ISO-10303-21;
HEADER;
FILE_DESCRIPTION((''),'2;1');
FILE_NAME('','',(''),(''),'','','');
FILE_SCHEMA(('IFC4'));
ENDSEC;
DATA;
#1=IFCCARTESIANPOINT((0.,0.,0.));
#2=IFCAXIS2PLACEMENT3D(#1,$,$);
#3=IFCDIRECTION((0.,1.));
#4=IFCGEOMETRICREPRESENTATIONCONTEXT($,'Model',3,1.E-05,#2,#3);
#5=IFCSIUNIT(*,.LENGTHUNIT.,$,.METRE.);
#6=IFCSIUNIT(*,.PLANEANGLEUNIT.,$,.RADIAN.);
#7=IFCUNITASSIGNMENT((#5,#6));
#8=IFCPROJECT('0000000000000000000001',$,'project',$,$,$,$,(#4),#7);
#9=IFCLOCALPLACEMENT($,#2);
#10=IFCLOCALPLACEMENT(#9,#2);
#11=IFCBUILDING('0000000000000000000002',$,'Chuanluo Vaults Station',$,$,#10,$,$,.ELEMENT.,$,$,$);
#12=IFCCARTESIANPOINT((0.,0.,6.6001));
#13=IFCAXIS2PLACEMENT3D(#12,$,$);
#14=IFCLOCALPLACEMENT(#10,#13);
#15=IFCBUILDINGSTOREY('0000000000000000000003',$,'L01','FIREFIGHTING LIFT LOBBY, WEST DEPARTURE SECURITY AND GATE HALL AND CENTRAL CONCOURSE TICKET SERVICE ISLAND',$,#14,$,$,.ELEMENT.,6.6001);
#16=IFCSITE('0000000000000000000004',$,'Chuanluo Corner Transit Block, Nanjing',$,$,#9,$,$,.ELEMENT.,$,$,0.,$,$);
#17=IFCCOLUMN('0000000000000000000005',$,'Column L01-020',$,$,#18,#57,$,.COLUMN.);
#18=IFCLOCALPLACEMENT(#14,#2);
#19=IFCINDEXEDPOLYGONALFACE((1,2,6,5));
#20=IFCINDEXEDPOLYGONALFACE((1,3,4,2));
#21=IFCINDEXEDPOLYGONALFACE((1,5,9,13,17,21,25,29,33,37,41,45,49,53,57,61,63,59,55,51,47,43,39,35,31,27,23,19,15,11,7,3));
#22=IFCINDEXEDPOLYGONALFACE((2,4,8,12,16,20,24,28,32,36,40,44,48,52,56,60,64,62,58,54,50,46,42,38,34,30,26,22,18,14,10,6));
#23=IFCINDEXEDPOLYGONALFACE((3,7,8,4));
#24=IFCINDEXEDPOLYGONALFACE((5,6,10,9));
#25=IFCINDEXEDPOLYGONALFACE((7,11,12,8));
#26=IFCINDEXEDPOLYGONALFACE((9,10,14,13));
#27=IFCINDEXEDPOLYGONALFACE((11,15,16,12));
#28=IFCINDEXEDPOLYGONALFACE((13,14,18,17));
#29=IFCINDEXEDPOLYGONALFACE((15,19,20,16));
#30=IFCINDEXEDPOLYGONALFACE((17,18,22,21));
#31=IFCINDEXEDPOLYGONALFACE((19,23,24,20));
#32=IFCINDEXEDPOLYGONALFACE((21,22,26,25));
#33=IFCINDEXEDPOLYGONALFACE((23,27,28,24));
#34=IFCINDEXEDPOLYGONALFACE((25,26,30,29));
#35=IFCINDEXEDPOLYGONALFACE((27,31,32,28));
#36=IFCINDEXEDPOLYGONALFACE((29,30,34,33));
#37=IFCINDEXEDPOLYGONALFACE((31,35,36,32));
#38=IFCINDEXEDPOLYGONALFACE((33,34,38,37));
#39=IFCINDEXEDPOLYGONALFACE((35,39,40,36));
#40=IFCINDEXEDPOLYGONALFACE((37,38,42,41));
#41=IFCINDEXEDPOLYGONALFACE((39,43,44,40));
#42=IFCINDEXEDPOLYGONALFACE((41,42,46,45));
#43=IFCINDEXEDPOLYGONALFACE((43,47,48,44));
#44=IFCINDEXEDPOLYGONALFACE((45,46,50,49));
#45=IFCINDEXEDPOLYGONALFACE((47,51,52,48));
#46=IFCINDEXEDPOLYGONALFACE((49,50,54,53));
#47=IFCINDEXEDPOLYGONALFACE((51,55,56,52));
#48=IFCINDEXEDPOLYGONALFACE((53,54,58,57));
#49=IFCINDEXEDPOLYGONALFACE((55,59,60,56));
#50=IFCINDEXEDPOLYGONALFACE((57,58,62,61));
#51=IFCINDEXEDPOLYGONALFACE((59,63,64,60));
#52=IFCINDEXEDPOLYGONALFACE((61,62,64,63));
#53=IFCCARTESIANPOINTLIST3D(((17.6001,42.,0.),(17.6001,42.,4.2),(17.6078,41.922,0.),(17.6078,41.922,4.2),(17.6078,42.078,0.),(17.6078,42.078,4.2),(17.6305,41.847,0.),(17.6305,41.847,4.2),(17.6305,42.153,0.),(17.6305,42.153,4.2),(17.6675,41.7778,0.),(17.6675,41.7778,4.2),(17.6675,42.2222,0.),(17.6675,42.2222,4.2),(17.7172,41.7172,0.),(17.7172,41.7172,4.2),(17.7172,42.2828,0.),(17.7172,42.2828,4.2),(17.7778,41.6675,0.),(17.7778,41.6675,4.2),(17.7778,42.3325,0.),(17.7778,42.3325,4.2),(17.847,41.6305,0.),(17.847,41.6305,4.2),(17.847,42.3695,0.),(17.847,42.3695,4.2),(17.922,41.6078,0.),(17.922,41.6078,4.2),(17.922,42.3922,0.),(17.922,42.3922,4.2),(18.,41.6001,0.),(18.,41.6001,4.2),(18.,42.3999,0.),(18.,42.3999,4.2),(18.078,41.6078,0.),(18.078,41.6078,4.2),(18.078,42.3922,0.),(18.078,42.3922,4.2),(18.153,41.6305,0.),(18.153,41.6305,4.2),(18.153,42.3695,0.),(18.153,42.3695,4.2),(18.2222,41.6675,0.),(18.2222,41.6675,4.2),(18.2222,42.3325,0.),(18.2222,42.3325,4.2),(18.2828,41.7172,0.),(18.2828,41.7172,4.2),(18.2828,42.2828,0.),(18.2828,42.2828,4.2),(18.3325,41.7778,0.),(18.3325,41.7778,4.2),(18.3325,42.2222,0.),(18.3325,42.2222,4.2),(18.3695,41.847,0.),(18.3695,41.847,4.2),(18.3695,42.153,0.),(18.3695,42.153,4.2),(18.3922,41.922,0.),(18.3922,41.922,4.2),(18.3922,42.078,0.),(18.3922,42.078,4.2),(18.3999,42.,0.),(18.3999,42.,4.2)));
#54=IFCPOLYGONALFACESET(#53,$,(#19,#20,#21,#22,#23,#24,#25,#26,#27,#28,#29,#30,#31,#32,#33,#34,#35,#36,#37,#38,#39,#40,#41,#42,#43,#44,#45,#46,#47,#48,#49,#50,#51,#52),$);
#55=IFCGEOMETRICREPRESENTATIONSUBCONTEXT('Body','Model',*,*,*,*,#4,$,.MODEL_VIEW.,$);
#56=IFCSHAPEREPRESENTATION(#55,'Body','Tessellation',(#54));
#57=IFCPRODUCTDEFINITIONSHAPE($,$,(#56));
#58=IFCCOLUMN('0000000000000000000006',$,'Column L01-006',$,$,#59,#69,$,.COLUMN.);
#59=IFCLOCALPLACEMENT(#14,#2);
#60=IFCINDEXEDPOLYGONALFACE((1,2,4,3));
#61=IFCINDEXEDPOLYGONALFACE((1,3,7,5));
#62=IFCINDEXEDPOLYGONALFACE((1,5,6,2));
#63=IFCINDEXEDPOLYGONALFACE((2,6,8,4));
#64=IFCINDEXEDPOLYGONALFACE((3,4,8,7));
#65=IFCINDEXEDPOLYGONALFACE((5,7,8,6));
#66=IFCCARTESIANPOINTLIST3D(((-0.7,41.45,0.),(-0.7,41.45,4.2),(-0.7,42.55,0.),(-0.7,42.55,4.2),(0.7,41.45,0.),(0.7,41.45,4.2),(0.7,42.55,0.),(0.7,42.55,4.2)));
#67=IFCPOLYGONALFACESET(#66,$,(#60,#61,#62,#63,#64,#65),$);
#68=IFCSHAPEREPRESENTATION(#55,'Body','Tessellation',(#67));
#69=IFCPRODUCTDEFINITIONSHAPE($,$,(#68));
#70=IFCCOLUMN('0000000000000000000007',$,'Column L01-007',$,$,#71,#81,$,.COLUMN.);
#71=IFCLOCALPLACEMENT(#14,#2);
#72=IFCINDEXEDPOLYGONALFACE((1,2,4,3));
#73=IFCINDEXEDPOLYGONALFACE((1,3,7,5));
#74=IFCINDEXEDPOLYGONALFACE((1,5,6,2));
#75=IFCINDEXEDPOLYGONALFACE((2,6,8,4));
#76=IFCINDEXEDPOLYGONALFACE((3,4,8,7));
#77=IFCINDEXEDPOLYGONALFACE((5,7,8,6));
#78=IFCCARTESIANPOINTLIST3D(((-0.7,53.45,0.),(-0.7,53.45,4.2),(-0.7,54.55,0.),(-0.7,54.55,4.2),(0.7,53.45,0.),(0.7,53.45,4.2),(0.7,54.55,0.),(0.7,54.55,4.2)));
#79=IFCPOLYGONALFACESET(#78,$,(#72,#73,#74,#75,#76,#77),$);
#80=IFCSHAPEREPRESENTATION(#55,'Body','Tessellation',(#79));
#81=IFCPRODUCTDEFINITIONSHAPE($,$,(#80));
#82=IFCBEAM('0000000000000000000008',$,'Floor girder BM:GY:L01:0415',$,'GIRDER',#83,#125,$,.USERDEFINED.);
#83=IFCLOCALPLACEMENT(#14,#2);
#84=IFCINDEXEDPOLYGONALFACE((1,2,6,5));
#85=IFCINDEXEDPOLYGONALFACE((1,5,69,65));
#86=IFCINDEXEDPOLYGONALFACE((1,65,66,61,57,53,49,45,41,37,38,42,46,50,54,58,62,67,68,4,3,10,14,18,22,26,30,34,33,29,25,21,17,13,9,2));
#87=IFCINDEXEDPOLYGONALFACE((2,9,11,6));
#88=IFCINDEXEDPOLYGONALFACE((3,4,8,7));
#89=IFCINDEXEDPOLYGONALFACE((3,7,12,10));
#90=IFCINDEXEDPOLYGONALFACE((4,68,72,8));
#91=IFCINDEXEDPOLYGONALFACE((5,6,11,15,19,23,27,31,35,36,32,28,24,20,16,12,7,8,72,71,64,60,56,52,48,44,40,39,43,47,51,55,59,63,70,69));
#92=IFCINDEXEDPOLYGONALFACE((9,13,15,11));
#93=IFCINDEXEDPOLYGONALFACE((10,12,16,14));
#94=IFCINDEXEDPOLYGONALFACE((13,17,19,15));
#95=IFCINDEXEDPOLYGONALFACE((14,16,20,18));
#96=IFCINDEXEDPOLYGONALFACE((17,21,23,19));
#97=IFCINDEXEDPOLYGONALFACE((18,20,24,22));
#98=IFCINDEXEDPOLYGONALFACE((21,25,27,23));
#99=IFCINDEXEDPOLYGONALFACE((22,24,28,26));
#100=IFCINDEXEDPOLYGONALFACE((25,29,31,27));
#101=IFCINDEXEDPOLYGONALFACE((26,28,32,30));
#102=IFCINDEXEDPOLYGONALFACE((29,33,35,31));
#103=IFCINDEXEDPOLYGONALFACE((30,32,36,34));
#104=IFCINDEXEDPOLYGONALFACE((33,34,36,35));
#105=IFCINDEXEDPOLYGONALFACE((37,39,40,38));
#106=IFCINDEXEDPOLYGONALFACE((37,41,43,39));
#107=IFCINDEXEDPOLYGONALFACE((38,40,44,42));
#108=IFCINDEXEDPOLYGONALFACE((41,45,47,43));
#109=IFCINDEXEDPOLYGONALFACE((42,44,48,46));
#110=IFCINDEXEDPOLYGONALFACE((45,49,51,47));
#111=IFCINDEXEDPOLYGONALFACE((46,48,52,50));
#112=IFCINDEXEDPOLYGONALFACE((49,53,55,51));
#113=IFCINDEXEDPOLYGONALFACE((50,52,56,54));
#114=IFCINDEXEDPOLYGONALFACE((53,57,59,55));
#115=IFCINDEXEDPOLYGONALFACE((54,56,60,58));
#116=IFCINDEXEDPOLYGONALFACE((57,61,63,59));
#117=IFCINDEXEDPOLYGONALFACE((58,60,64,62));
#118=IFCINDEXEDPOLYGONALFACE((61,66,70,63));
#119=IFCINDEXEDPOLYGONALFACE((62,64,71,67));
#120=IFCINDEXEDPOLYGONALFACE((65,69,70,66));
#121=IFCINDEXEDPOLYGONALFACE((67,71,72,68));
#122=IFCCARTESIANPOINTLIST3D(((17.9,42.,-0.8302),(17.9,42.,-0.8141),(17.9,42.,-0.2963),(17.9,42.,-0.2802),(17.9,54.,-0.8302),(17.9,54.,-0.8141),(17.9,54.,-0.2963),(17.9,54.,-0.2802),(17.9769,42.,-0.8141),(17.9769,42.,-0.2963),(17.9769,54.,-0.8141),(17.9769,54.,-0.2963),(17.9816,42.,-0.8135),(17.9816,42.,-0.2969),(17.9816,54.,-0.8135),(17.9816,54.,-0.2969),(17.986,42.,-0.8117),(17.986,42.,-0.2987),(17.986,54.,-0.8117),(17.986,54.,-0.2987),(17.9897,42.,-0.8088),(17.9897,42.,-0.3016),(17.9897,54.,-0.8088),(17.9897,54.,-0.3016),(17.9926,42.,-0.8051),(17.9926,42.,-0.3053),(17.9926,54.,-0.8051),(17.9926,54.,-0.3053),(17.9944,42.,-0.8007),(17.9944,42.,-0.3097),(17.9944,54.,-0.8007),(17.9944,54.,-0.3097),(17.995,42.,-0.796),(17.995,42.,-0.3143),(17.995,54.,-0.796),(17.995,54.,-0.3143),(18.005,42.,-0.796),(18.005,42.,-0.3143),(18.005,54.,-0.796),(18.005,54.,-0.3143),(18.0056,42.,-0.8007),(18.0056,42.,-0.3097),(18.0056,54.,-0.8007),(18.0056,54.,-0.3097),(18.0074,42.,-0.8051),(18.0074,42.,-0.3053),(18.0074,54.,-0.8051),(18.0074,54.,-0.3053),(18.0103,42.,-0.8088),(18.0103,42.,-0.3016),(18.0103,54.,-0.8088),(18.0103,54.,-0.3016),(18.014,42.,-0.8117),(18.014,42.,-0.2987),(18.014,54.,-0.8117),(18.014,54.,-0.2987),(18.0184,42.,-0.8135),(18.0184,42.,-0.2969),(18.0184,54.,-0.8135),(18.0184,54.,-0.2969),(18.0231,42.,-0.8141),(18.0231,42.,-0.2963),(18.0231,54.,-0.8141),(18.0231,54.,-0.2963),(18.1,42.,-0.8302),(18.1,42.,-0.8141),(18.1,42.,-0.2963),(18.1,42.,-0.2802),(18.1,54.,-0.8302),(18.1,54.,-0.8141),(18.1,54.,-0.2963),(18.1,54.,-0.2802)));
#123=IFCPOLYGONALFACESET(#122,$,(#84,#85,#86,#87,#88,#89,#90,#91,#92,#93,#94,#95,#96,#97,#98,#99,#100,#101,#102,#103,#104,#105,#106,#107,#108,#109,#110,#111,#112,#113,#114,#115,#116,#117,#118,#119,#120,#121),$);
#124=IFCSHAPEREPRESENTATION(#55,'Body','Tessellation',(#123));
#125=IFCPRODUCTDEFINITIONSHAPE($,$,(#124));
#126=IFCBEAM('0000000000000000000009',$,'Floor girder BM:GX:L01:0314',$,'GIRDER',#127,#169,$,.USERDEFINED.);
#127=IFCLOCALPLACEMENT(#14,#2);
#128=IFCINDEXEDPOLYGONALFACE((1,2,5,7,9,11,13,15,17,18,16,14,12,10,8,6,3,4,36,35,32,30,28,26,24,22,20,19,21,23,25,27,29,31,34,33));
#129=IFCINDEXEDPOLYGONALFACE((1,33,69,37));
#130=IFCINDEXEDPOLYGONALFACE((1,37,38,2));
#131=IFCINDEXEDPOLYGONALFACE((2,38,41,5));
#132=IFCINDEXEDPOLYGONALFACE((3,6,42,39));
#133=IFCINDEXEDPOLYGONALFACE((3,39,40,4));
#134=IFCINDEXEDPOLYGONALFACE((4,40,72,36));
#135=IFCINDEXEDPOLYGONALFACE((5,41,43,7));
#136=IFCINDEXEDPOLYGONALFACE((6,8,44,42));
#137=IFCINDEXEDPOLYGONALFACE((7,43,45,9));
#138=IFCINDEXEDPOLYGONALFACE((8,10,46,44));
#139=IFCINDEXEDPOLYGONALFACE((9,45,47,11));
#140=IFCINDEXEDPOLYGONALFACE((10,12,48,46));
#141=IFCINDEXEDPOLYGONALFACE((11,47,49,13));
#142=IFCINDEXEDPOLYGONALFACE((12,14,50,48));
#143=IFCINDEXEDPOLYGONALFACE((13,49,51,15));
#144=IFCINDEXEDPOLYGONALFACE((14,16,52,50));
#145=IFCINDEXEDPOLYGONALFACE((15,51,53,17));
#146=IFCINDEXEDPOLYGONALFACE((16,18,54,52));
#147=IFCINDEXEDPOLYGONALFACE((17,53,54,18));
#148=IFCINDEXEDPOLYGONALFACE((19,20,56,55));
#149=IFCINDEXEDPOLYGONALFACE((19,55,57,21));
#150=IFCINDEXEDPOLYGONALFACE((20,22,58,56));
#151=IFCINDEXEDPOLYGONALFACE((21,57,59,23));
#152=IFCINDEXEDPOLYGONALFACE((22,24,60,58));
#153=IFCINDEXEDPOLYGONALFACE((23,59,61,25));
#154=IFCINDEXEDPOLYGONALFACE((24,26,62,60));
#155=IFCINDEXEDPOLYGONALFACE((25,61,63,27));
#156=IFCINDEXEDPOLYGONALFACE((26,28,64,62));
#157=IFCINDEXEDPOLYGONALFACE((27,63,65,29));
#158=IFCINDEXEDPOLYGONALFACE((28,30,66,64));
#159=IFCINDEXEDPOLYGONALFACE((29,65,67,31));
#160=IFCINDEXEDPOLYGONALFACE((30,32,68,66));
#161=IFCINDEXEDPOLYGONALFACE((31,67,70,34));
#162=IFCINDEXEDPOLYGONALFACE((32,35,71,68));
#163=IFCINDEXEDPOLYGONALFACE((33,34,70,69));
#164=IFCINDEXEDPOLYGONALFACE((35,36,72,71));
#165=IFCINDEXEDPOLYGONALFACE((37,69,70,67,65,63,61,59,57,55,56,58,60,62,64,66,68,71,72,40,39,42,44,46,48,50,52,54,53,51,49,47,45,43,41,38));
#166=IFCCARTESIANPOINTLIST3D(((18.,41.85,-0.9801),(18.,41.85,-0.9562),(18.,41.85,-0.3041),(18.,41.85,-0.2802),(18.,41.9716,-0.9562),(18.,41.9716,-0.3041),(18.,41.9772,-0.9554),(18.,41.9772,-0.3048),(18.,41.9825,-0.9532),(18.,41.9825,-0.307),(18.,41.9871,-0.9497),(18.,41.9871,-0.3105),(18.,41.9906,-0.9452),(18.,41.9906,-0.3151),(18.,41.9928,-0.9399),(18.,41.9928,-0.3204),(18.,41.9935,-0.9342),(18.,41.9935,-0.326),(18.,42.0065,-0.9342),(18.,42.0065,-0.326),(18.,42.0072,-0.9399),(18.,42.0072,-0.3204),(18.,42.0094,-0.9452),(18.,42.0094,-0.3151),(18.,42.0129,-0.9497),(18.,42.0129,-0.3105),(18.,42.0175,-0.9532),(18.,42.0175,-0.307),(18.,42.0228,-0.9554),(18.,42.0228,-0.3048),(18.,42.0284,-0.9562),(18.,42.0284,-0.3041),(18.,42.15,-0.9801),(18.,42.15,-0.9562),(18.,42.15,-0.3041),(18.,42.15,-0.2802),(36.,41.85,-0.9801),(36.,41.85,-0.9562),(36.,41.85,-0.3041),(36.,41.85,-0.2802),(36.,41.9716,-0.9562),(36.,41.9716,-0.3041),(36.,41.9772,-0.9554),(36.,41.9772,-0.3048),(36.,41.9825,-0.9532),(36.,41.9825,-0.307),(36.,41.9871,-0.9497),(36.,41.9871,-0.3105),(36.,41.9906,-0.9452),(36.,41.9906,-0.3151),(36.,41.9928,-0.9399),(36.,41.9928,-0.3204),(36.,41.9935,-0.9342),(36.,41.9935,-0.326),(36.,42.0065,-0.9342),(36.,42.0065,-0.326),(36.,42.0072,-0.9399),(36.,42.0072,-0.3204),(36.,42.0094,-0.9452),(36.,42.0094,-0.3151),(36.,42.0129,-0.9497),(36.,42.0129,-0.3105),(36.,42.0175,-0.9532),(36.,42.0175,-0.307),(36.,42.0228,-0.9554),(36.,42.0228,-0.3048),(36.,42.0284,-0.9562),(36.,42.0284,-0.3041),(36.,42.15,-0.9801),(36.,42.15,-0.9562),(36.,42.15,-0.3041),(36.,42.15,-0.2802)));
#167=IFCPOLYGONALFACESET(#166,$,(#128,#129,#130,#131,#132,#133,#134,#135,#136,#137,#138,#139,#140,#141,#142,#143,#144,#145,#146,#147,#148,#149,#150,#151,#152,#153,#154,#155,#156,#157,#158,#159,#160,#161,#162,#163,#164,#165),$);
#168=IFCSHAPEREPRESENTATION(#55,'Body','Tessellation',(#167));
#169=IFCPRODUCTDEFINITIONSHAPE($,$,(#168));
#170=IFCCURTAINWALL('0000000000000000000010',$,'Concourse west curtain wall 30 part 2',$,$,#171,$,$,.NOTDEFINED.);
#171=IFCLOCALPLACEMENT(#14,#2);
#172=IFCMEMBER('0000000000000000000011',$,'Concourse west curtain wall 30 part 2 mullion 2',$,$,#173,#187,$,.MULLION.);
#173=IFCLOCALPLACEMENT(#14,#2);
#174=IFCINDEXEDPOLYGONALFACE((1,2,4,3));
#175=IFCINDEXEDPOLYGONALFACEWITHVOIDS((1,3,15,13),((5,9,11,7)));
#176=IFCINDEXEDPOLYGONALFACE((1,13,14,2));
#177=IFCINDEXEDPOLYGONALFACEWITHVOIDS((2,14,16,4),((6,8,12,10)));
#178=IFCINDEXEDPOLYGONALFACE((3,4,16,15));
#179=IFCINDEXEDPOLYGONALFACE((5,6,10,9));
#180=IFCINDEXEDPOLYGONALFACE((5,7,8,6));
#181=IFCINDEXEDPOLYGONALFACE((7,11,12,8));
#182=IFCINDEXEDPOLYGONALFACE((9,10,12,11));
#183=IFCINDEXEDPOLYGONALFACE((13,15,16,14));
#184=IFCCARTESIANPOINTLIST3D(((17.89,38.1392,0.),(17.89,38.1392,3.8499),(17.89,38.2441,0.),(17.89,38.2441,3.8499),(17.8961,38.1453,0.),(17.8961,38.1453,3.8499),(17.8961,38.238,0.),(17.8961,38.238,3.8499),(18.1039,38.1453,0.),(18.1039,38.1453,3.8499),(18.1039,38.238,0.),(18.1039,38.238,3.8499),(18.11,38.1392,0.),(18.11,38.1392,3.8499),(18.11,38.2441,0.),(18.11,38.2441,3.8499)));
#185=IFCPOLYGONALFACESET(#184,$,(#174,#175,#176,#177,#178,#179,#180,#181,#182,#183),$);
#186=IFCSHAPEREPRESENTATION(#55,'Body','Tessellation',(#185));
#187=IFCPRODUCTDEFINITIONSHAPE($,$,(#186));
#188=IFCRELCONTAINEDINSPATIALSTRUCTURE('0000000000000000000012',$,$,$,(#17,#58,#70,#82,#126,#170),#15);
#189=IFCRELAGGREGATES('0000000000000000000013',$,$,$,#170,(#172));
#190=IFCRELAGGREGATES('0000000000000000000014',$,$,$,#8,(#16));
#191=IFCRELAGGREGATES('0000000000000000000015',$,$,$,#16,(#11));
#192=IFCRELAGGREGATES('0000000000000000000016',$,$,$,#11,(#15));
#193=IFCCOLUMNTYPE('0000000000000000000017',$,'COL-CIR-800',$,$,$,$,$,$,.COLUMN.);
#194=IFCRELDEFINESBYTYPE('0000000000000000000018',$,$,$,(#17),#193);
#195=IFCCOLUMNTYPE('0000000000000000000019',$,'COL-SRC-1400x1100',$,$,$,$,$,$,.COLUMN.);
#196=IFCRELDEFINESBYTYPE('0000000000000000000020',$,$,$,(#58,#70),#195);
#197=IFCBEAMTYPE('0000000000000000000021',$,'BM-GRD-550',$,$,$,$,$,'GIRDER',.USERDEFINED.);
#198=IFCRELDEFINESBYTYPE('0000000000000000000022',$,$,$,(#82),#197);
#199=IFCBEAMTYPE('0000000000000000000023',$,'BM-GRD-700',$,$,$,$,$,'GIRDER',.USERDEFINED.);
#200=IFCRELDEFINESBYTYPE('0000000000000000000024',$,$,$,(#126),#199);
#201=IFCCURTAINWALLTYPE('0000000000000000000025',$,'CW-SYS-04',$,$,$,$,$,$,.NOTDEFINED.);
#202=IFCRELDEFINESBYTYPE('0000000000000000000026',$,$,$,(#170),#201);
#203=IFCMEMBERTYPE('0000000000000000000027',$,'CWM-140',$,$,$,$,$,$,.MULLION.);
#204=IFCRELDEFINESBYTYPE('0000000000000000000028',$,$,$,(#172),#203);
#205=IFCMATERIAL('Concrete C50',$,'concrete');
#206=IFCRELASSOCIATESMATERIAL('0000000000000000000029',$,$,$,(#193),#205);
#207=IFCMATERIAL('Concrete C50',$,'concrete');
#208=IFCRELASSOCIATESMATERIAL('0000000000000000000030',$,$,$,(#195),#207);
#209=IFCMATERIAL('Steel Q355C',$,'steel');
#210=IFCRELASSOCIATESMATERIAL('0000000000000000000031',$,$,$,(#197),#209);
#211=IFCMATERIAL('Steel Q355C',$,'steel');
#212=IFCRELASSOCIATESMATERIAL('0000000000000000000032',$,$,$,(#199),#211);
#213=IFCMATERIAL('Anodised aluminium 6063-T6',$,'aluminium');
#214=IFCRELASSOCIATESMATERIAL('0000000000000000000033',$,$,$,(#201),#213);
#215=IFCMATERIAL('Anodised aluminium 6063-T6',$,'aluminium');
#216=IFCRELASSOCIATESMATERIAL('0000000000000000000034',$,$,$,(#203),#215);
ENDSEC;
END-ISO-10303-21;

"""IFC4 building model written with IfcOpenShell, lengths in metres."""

from ifc_helpers import new_model, si_unit, direction, frame, origin, origin_2d, place, context, subcontext, project, spatial, rectangle, hollow_rectangle, circle, i_section, extrude, material, material_profile, profile_set, type_object, element, aggregate, save


model = new_model("IFC4")

# Units and contexts
model_context = context("Model", 3, precision=1e-05, world=origin(), true_north=direction((0.0, 1.0)))
body_context = subcontext(model_context, "Body", "Model", "MODEL_VIEW")
ifc_project = project(units=[si_unit("LENGTHUNIT", "METRE"), si_unit("PLANEANGLEUNIT", "RADIAN")], contexts=[model_context])

# Site, building, storey
site_placement = place(None, origin())
site = spatial("IfcSite", under=ifc_project, at=site_placement, Name="Chuanluo Corner Transit Block, Nanjing", CompositionType="ELEMENT", RefElevation=0.0)
building_placement = place(site_placement, origin())
building = spatial("IfcBuilding", under=site, at=building_placement, Name="Chuanluo Vaults Station", CompositionType="ELEMENT")
storey_placement = place(building_placement, frame((0.0, 0.0, 6.6001)))
storey = spatial("IfcBuildingStorey", under=building, at=storey_placement, Name="L01", Description="FIREFIGHTING LIFT LOBBY, WEST DEPARTURE SECURITY AND GATE HALL AND CENTRAL CONCOURSE TICKET SERVICE ISLAND", CompositionType="ELEMENT", Elevation=6.6001)

# Columns
ifc_material_1 = material(Name="Concrete C50", Category="concrete")
ifc_material_profile_1 = material_profile(ifc_material_1, circle(Radius=0.3999, at=origin_2d()))
ifc_profile_set_1 = profile_set([ifc_material_profile_1], Name="Concrete C50")
column_type_1 = type_object("IfcColumnType", Name="COL-CIR-800", PredefinedType="COLUMN", material=ifc_profile_set_1)
column_placement = place(storey_placement, frame((18.0, 42.0, 0.0), z_axis=(0.0, 0.0, 1.0), x_axis=(1.0, 0.0, 0.0)))
element("IfcColumn", 1, at=column_placement, inside=storey, type_object=column_type_1, Name="Column L01-020", PredefinedType="COLUMN", context=body_context, shape_type="SweptSolid", body=[
    extrude(circle(Radius=0.3999, at=origin_2d()), origin(), (0.0, 0.0, 1.0), 4.2),
])
ifc_material_2 = material(Name="Concrete C50", Category="concrete")
ifc_material_profile_2 = material_profile(ifc_material_2, rectangle(XDim=1.3999, YDim=1.1001, at=origin_2d()))
ifc_profile_set_2 = profile_set([ifc_material_profile_2], Name="Concrete C50")
column_type_2 = type_object("IfcColumnType", Name="COL-SRC-1400x1100", PredefinedType="COLUMN", material=ifc_profile_set_2)
for number, where, z_axis, x_axis, name in (
    (2, (0.0, 42.0, 0.0), (0.0, 0.0, 1.0), (1.0, 0.0, 0.0), "Column L01-006"),
    (3, (0.0, 54.0, 0.0), (0.0, 0.0, 1.0), (1.0, 0.0, 0.0), "Column L01-007"),
):
    element("IfcColumn", number, at=place(storey_placement, frame(where, z_axis=z_axis, x_axis=x_axis)), inside=storey, type_object=column_type_2, Name=name, PredefinedType="COLUMN", context=body_context, shape_type="SweptSolid", body=[
        extrude(rectangle(XDim=1.3999, YDim=1.1001, at=origin_2d()), origin(), (0.0, 0.0, 1.0), 4.2),
    ])

# Beams
ifc_material_3 = material(Name="Steel Q355C", Category="steel")
ifc_material_profile_3 = material_profile(ifc_material_3, i_section(OverallWidth=0.2, OverallDepth=0.55, WebThickness=0.01, FlangeThickness=0.0161, FilletRadius=0.0181, at=origin_2d()))
ifc_profile_set_3 = profile_set([ifc_material_profile_3], Name="Steel Q355C")
beam_type_1 = type_object("IfcBeamType", Name="BM-GRD-550", ElementType="GIRDER", PredefinedType="USERDEFINED", material=ifc_profile_set_3)
beam_1_placement = place(storey_placement, frame((18.0, 42.0, -0.5552), z_axis=(0.0, 1.0, 0.0), x_axis=(-1.0, 0.0, 0.0)))
element("IfcBeam", 4, at=beam_1_placement, inside=storey, type_object=beam_type_1, Name="Floor girder BM:GY:L01:0415", ObjectType="GIRDER", PredefinedType="USERDEFINED", context=body_context, shape_type="SweptSolid", body=[
    extrude(i_section(OverallWidth=0.2, OverallDepth=0.55, WebThickness=0.01, FlangeThickness=0.0161, FilletRadius=0.0181, at=origin_2d()), origin(), (0.0, 0.0, 1.0), 12.0),
])
ifc_material_4 = material(Name="Steel Q355C", Category="steel")
ifc_material_profile_4 = material_profile(ifc_material_4, i_section(OverallWidth=0.3, OverallDepth=0.7, WebThickness=0.0129, FlangeThickness=0.0239, FilletRadius=0.022, at=origin_2d()))
ifc_profile_set_4 = profile_set([ifc_material_profile_4], Name="Steel Q355C")
beam_type_2 = type_object("IfcBeamType", Name="BM-GRD-700", ElementType="GIRDER", PredefinedType="USERDEFINED", material=ifc_profile_set_4)
beam_2_placement = place(storey_placement, frame((18.0, 42.0, -0.6301), z_axis=(1.0, 0.0, 0.0), x_axis=(0.0, 1.0, 0.0)))
element("IfcBeam", 5, at=beam_2_placement, inside=storey, type_object=beam_type_2, Name="Floor girder BM:GX:L01:0314", ObjectType="GIRDER", PredefinedType="USERDEFINED", context=body_context, shape_type="SweptSolid", body=[
    extrude(i_section(OverallWidth=0.3, OverallDepth=0.7, WebThickness=0.0129, FlangeThickness=0.0239, FilletRadius=0.022, at=origin_2d()), origin(), (0.0, 0.0, 1.0), 18.0),
])

# Curtain wall, member
ifc_material_5 = material(Name="Anodised aluminium 6063-T6", Category="aluminium")
curtain_wall_type = type_object("IfcCurtainWallType", Name="CW-SYS-04", PredefinedType="NOTDEFINED", material=ifc_material_5)
curtain_wall_placement = place(storey_placement, origin())
curtain_wall = element("IfcCurtainWall", 6, at=curtain_wall_placement, inside=storey, type_object=curtain_wall_type, Name="Concourse west curtain wall 30 part 2", PredefinedType="NOTDEFINED")
ifc_material_6 = material(Name="Anodised aluminium 6063-T6", Category="aluminium")
ifc_material_profile_5 = material_profile(ifc_material_6, hollow_rectangle(XDim=0.105, YDim=0.22, WallThickness=0.0061, at=origin_2d()))
ifc_profile_set_5 = profile_set([ifc_material_profile_5], Name="Anodised aluminium 6063-T6")
member_type_1 = type_object("IfcMemberType", Name="CWM-140", PredefinedType="MULLION", material=ifc_profile_set_5)
member_1_placement = place(storey_placement, frame((18.0, 38.1917, 0.0), z_axis=(0.0, 0.0, 1.0), x_axis=(0.0, 1.0, 0.0)))
member_1 = element("IfcMember", 7, at=member_1_placement, type_object=member_type_1, Name="Concourse west curtain wall 30 part 2 mullion 2", PredefinedType="MULLION", context=body_context, shape_type="SweptSolid", body=[
    extrude(hollow_rectangle(XDim=0.105, YDim=0.22, WallThickness=0.0061, at=origin_2d()), origin(), (0.0, 0.0, 1.0), 3.8499),
])

aggregate(curtain_wall, [member_1])

save(model, "model.ifc")
